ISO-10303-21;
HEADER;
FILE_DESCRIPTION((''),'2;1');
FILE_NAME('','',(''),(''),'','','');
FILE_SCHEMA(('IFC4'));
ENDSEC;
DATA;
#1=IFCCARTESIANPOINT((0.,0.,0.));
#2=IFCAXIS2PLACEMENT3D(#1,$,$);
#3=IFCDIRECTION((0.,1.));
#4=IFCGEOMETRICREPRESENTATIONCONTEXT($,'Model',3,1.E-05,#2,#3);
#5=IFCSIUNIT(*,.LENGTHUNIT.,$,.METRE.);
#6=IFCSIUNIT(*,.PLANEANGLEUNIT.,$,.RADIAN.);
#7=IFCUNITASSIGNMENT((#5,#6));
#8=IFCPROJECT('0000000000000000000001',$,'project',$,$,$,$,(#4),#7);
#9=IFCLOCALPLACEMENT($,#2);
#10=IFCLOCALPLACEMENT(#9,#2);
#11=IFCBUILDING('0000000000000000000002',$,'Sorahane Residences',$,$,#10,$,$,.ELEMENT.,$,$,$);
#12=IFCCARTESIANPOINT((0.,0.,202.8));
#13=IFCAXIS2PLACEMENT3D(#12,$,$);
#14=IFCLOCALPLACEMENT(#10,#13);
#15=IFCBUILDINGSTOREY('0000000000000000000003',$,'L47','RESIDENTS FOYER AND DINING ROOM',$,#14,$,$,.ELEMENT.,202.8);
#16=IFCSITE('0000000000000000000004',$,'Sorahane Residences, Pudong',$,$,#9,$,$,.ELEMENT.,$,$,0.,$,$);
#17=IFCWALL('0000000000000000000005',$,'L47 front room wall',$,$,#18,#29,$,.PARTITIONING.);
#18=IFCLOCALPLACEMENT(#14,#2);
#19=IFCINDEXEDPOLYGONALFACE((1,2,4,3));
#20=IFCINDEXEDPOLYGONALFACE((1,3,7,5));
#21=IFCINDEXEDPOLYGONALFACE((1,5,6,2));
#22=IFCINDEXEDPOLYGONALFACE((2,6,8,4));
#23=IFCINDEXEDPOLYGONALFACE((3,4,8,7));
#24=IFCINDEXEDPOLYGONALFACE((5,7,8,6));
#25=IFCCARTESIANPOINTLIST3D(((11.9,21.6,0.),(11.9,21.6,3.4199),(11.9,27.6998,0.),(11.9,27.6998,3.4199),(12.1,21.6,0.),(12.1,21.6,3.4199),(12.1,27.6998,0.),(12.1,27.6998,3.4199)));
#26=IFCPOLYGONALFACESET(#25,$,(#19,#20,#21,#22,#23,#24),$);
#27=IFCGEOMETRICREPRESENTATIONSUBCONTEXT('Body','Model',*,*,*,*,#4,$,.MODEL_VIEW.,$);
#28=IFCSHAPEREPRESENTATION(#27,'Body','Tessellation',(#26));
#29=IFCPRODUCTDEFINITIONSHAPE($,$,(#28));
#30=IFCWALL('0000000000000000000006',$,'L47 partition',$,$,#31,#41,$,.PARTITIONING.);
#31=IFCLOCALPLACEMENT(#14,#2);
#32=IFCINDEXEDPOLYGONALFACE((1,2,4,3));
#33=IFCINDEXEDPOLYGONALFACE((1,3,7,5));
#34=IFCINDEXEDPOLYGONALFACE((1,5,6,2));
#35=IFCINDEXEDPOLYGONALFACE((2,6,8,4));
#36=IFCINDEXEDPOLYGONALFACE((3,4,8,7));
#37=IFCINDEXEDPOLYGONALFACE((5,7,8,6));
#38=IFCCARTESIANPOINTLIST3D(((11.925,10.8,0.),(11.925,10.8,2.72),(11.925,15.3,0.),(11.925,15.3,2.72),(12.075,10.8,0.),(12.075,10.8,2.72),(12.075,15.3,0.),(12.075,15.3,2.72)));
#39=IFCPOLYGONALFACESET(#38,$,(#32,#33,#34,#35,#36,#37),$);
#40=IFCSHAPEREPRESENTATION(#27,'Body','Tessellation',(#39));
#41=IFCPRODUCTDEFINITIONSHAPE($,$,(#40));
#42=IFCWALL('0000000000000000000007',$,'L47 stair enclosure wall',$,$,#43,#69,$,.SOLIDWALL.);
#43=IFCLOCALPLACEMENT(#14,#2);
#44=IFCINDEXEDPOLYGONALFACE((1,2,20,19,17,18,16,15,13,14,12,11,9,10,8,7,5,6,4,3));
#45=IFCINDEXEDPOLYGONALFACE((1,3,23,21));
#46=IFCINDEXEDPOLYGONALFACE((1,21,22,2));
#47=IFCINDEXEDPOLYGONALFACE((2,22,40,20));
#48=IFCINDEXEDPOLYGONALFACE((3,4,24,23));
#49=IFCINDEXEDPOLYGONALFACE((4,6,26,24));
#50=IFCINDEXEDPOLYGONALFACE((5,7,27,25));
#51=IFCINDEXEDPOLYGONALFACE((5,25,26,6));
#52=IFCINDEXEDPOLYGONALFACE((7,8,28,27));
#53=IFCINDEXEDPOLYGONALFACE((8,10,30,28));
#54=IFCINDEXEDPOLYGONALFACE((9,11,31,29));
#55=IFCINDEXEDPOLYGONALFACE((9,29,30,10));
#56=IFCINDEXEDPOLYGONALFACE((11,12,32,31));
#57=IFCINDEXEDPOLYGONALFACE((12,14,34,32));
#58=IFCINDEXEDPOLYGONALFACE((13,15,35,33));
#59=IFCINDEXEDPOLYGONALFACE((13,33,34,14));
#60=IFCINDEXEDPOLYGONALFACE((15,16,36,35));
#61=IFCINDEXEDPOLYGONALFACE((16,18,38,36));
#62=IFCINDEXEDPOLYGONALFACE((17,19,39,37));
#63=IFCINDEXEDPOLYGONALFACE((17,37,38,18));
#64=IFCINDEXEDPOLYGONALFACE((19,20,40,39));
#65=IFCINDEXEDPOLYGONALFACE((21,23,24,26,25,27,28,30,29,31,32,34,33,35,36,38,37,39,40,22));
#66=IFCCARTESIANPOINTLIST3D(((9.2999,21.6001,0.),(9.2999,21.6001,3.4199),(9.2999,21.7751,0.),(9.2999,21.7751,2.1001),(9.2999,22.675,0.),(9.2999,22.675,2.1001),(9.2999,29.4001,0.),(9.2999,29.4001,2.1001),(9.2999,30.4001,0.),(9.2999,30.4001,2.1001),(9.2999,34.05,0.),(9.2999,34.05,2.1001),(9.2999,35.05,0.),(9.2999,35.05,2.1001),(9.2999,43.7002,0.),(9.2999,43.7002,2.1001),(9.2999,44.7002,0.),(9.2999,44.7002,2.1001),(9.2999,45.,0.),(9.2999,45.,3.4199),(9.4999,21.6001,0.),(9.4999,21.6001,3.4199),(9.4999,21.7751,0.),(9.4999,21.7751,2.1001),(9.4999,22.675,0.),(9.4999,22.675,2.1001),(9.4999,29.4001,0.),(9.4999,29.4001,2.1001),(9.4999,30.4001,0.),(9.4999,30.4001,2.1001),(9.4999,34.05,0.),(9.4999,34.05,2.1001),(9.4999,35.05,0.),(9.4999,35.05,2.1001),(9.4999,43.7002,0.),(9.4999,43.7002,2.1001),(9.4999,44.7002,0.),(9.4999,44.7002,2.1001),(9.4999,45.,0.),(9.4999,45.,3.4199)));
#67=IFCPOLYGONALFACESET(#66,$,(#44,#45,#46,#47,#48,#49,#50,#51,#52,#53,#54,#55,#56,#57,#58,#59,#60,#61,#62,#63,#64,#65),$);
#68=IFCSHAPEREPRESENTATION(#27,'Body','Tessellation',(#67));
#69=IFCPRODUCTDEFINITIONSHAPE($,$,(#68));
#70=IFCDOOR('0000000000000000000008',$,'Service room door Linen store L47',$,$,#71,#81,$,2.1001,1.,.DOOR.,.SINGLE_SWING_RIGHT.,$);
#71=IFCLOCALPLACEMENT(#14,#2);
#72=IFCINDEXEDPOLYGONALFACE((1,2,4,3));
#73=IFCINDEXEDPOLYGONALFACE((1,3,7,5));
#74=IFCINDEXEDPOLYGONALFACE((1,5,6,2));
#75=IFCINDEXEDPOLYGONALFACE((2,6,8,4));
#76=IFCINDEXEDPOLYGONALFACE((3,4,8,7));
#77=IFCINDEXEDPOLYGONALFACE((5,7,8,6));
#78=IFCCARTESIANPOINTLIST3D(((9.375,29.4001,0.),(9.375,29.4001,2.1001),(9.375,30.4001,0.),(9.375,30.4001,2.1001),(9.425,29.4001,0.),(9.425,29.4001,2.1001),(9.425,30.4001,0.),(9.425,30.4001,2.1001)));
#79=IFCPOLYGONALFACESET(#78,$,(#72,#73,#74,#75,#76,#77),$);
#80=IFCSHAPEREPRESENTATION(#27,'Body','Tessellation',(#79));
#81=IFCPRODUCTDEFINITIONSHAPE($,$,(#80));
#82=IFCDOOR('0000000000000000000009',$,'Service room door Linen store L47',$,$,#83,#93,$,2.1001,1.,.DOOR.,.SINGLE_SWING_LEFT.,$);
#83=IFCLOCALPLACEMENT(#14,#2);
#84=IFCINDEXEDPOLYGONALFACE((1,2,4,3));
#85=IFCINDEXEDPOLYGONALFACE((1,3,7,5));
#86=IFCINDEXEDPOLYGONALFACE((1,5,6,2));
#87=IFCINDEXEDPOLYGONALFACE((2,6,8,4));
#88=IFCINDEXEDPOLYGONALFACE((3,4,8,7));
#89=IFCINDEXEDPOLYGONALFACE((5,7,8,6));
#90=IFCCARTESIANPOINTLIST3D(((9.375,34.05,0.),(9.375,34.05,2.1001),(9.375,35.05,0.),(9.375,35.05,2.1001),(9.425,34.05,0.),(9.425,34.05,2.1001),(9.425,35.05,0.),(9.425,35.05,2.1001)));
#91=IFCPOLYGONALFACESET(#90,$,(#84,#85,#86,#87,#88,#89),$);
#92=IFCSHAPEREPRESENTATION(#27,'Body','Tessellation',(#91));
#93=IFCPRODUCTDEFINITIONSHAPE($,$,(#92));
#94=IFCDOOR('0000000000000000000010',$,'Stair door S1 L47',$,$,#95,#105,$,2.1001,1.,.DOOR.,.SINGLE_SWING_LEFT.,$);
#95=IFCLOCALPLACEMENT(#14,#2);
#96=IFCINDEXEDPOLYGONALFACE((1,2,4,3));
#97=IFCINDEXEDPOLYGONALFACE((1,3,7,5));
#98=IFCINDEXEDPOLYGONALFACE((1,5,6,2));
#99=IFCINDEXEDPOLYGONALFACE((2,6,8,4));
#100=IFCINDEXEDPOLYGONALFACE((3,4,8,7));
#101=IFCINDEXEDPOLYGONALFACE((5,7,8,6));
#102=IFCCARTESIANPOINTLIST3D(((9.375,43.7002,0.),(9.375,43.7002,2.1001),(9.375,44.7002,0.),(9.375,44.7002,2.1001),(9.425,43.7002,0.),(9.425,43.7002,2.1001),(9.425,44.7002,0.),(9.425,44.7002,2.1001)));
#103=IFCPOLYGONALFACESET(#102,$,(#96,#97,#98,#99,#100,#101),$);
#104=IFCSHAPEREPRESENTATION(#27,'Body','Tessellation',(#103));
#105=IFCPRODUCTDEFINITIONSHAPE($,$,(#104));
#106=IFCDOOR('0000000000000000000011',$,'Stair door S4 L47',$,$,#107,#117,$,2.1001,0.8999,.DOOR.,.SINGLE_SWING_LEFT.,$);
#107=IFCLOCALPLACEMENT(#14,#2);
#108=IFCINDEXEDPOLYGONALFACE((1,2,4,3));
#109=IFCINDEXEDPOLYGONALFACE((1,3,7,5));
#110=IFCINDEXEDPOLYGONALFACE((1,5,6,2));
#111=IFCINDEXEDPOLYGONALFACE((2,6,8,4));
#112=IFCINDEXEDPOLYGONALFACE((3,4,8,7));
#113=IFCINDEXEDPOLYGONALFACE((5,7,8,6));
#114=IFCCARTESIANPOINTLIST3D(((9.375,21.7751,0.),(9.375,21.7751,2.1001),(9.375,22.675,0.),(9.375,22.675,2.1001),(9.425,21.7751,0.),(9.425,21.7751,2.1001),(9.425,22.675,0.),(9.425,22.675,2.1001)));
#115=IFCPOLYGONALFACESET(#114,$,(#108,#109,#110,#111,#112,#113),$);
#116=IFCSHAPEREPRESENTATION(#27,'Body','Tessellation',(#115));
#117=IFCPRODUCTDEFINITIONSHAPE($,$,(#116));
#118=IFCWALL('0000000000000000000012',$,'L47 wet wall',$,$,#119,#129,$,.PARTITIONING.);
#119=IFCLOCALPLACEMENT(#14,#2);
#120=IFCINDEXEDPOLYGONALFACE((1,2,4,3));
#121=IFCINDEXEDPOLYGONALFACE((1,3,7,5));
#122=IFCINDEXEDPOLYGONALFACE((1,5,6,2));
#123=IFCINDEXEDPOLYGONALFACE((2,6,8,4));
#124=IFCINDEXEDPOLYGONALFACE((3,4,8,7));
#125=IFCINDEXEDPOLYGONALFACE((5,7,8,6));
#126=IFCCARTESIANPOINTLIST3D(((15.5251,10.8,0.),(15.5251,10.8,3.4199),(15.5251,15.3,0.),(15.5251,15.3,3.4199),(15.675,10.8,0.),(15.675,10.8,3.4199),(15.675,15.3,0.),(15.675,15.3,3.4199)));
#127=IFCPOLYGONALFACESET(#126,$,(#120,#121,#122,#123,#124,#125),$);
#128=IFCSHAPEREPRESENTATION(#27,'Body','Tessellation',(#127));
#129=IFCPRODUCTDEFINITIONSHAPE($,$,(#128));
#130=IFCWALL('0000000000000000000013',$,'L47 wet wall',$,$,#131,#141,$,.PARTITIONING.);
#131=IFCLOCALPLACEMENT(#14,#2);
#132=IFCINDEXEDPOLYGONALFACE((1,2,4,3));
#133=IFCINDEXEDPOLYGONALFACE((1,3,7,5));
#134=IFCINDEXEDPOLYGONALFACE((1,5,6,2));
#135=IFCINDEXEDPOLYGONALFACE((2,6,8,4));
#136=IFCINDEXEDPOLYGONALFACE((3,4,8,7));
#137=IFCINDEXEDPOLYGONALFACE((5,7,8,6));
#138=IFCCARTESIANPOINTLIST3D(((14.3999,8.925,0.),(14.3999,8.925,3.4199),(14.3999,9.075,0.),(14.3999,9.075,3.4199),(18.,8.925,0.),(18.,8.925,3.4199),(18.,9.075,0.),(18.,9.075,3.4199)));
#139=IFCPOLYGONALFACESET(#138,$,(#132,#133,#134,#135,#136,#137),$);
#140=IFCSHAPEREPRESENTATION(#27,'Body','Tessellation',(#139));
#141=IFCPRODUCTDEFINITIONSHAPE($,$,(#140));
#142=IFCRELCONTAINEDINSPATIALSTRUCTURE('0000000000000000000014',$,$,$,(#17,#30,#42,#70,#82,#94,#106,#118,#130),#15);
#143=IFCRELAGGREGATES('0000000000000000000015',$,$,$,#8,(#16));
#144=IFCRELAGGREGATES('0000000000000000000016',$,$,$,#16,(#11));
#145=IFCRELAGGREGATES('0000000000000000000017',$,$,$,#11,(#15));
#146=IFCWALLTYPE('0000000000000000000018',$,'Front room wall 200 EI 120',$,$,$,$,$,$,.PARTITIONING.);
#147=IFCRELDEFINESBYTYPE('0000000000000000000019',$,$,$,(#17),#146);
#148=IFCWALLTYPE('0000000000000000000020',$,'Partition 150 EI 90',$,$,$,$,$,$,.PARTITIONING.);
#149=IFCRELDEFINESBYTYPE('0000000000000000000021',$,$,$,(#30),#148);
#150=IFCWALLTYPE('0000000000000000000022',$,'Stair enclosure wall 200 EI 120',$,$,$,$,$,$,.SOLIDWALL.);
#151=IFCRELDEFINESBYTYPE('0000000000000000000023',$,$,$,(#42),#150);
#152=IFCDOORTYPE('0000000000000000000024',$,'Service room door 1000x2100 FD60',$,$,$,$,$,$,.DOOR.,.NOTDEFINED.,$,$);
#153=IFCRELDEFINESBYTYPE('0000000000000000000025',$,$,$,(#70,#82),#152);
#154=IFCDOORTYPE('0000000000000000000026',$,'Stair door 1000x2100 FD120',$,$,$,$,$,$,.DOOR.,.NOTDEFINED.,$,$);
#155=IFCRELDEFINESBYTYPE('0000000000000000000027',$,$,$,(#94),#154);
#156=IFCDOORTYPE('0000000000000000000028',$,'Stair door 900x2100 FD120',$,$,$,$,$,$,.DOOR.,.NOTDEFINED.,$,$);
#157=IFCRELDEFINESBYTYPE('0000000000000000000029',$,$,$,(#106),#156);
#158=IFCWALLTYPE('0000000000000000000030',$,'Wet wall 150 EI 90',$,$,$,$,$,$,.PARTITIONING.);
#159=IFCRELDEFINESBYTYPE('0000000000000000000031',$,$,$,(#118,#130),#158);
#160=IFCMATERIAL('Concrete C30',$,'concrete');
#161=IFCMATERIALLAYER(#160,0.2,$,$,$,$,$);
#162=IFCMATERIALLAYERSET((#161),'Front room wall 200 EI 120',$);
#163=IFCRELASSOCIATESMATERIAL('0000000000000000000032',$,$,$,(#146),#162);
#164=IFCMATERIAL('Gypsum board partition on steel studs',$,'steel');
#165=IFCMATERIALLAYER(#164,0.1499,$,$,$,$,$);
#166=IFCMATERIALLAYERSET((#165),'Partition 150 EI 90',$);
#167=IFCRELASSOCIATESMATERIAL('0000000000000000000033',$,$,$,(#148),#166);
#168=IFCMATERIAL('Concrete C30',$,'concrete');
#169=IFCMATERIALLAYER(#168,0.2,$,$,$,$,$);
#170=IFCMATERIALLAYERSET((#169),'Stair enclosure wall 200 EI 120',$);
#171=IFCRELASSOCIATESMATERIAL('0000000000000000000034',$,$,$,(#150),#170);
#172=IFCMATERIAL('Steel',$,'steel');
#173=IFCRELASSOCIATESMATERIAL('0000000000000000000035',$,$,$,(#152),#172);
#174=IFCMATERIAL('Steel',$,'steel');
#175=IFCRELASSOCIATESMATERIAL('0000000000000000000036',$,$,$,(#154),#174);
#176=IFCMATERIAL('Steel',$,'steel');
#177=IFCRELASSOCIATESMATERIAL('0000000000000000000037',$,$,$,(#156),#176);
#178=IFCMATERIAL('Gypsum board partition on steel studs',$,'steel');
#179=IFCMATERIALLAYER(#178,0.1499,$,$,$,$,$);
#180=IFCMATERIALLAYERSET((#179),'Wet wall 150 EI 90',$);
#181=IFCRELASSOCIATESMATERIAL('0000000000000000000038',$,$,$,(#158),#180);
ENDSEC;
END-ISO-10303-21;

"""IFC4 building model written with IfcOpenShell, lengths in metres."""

from ifc_helpers import new_model, si_unit, direction, frame, frame_2d, origin, place, context, subcontext, project, spatial, rectangle, extrude, material, layer, layer_set, type_object, element, fill, save


model = new_model("IFC4")

# Units and contexts
model_context = context("Model", 3, precision=1e-05, world=origin(), true_north=direction((0.0, 1.0)))
body_context = subcontext(model_context, "Body", "Model", "MODEL_VIEW")
ifc_project = project(units=[si_unit("LENGTHUNIT", "METRE"), si_unit("PLANEANGLEUNIT", "RADIAN")], contexts=[model_context])

# Site, building, storey
site_placement = place(None, origin())
site = spatial("IfcSite", under=ifc_project, at=site_placement, Name="Sorahane Residences, Pudong", CompositionType="ELEMENT", RefElevation=0.0)
building_placement = place(site_placement, origin())
building = spatial("IfcBuilding", under=site, at=building_placement, Name="Sorahane Residences", CompositionType="ELEMENT")
storey_placement = place(building_placement, frame((0.0, 0.0, 202.8)))
storey = spatial("IfcBuildingStorey", under=building, at=storey_placement, Name="L47", Description="RESIDENTS FOYER AND DINING ROOM", CompositionType="ELEMENT", Elevation=202.8)

# Walls
ifc_material_1 = material(Name="Concrete C30", Category="concrete")
ifc_layer_1 = layer(ifc_material_1, 0.2)
ifc_layer_set_1 = layer_set([ifc_layer_1], Name="Front room wall 200 EI 120")
wall_type_1 = type_object("IfcWallType", Name="Front room wall 200 EI 120", PredefinedType="PARTITIONING", material=ifc_layer_set_1)
wall_1_placement = place(storey_placement, frame((12.0, 21.6001, 0.0), z_axis=(0.0, 0.0, 1.0), x_axis=(0.0, 1.0, 0.0)))
element("IfcWall", 1, at=wall_1_placement, inside=storey, type_object=wall_type_1, Name="L47 front room wall", PredefinedType="PARTITIONING", context=body_context, shape_type="SweptSolid", body=[
    extrude(rectangle(XDim=6.0999, YDim=0.2, at=frame_2d((3.0498, 0.0))), origin(), (0.0, 0.0, 1.0), 3.4199),
])
ifc_material_2 = material(Name="Gypsum board partition on steel studs", Category="steel")
ifc_layer_2 = layer(ifc_material_2, 0.1499)
ifc_layer_set_2 = layer_set([ifc_layer_2], Name="Partition 150 EI 90")
wall_type_2 = type_object("IfcWallType", Name="Partition 150 EI 90", PredefinedType="PARTITIONING", material=ifc_layer_set_2)
wall_2_placement = place(storey_placement, frame((12.0, 10.8, 0.0), z_axis=(0.0, 0.0, 1.0), x_axis=(0.0, 1.0, 0.0)))
element("IfcWall", 2, at=wall_2_placement, inside=storey, type_object=wall_type_2, Name="L47 partition", PredefinedType="PARTITIONING", context=body_context, shape_type="SweptSolid", body=[
    extrude(rectangle(XDim=4.5, YDim=0.1499, at=frame_2d((2.25, 0.0))), origin(), (0.0, 0.0, 1.0), 2.72),
])

# Wall, openings, doors
ifc_material_3 = material(Name="Concrete C30", Category="concrete")
ifc_layer_3 = layer(ifc_material_3, 0.2)
ifc_layer_set_3 = layer_set([ifc_layer_3], Name="Stair enclosure wall 200 EI 120")
wall_type_3 = type_object("IfcWallType", Name="Stair enclosure wall 200 EI 120", PredefinedType="SOLIDWALL", material=ifc_layer_set_3)
wall_3_placement = place(storey_placement, frame((9.3999, 21.6001, 0.0), z_axis=(0.0, 0.0, 1.0), x_axis=(0.0, 1.0, 0.0)))
wall_3 = element("IfcWall", 3, at=wall_3_placement, inside=storey, type_object=wall_type_3, Name="L47 stair enclosure wall", PredefinedType="SOLIDWALL", context=body_context, shape_type="SweptSolid", body=[
    extrude(rectangle(XDim=23.3999, YDim=0.2, at=frame_2d((11.7, 0.0))), origin(), (0.0, 0.0, 1.0), 3.4199),
])
opening_1_placement = place(wall_3_placement, frame((7.8, 0.0, 0.0)))
opening_1 = element("IfcOpeningElement", 4, at=opening_1_placement, cuts=wall_3, PredefinedType="OPENING", context=body_context, shape_type="SweptSolid", body=[
    extrude(rectangle(XDim=1.0, YDim=2.1001, at=frame_2d((0.5, 1.05))), frame((0.0, 0.1099, 0.0), z_axis=(0.0, -1.0, 0.0), x_axis=(1.0, 0.0, 0.0)), (0.0, 0.0, 1.0), 0.22),
])
opening_2_placement = place(wall_3_placement, frame((12.45, 0.0, 0.0)))
opening_2 = element("IfcOpeningElement", 5, at=opening_2_placement, cuts=wall_3, PredefinedType="OPENING", context=body_context, shape_type="SweptSolid", body=[
    extrude(rectangle(XDim=1.0, YDim=2.1001, at=frame_2d((0.5, 1.05))), frame((0.0, 0.1099, 0.0), z_axis=(0.0, -1.0, 0.0), x_axis=(1.0, 0.0, 0.0)), (0.0, 0.0, 1.0), 0.22),
])
opening_3_placement = place(wall_3_placement, frame((22.1001, 0.0, 0.0)))
opening_3 = element("IfcOpeningElement", 6, at=opening_3_placement, cuts=wall_3, PredefinedType="OPENING", context=body_context, shape_type="SweptSolid", body=[
    extrude(rectangle(XDim=1.0, YDim=2.1001, at=frame_2d((0.5, 1.05))), frame((0.0, 0.1099, 0.0), z_axis=(0.0, -1.0, 0.0), x_axis=(1.0, 0.0, 0.0)), (0.0, 0.0, 1.0), 0.22),
])
opening_4_placement = place(wall_3_placement, frame((0.175, 0.0, 0.0)))
opening_4 = element("IfcOpeningElement", 7, at=opening_4_placement, cuts=wall_3, PredefinedType="OPENING", context=body_context, shape_type="SweptSolid", body=[
    extrude(rectangle(XDim=0.8999, YDim=2.1001, at=frame_2d((0.45, 1.05))), frame((0.0, 0.1099, 0.0), z_axis=(0.0, -1.0, 0.0), x_axis=(1.0, 0.0, 0.0)), (0.0, 0.0, 1.0), 0.22),
])
ifc_material_4 = material(Name="Steel", Category="steel")
door_type_1 = type_object("IfcDoorType", Name="Service room door 1000x2100 FD60", OperationType="NOTDEFINED", PredefinedType="DOOR", material=ifc_material_4)
door_1_placement = place(opening_1_placement, origin())
door_1 = element("IfcDoor", 8, at=door_1_placement, inside=storey, type_object=door_type_1, Name="Service room door Linen store L47", OperationType="SINGLE_SWING_RIGHT", OverallHeight=2.1001, OverallWidth=1.0, PredefinedType="DOOR", context=body_context, shape_type="SweptSolid", body=[
    extrude(rectangle(XDim=1.0, YDim=2.1001, at=frame_2d((0.5, 1.05))), frame((0.0, 0.0249, 0.0), z_axis=(0.0, -1.0, 0.0), x_axis=(1.0, 0.0, 0.0)), (0.0, 0.0, 1.0), 0.05),
])
fill(opening_1, door_1)
door_2_placement = place(opening_2_placement, origin())
door_2 = element("IfcDoor", 9, at=door_2_placement, inside=storey, type_object=door_type_1, Name="Service room door Linen store L47", OperationType="SINGLE_SWING_LEFT", OverallHeight=2.1001, OverallWidth=1.0, PredefinedType="DOOR", context=body_context, shape_type="SweptSolid", body=[
    extrude(rectangle(XDim=1.0, YDim=2.1001, at=frame_2d((0.5, 1.05))), frame((0.0, 0.0249, 0.0), z_axis=(0.0, -1.0, 0.0), x_axis=(1.0, 0.0, 0.0)), (0.0, 0.0, 1.0), 0.05),
])
fill(opening_2, door_2)
ifc_material_5 = material(Name="Steel", Category="steel")
door_type_2 = type_object("IfcDoorType", Name="Stair door 1000x2100 FD120", OperationType="NOTDEFINED", PredefinedType="DOOR", material=ifc_material_5)
door_3_placement = place(opening_3_placement, origin())
door_3 = element("IfcDoor", 10, at=door_3_placement, inside=storey, type_object=door_type_2, Name="Stair door S1 L47", OperationType="SINGLE_SWING_LEFT", OverallHeight=2.1001, OverallWidth=1.0, PredefinedType="DOOR", context=body_context, shape_type="SweptSolid", body=[
    extrude(rectangle(XDim=1.0, YDim=2.1001, at=frame_2d((0.5, 1.05))), frame((0.0, 0.0249, 0.0), z_axis=(0.0, -1.0, 0.0), x_axis=(1.0, 0.0, 0.0)), (0.0, 0.0, 1.0), 0.05),
])
fill(opening_3, door_3)
ifc_material_6 = material(Name="Steel", Category="steel")
door_type_3 = type_object("IfcDoorType", Name="Stair door 900x2100 FD120", OperationType="NOTDEFINED", PredefinedType="DOOR", material=ifc_material_6)
door_4_placement = place(opening_4_placement, origin())
door_4 = element("IfcDoor", 11, at=door_4_placement, inside=storey, type_object=door_type_3, Name="Stair door S4 L47", OperationType="SINGLE_SWING_LEFT", OverallHeight=2.1001, OverallWidth=0.8999, PredefinedType="DOOR", context=body_context, shape_type="SweptSolid", body=[
    extrude(rectangle(XDim=0.8999, YDim=2.1001, at=frame_2d((0.45, 1.05))), frame((0.0, 0.0249, 0.0), z_axis=(0.0, -1.0, 0.0), x_axis=(1.0, 0.0, 0.0)), (0.0, 0.0, 1.0), 0.05),
])
fill(opening_4, door_4)

# Wall
ifc_material_7 = material(Name="Gypsum board partition on steel studs", Category="steel")
ifc_layer_4 = layer(ifc_material_7, 0.1499)
ifc_layer_set_4 = layer_set([ifc_layer_4], Name="Wet wall 150 EI 90")
wall_type_4 = type_object("IfcWallType", Name="Wet wall 150 EI 90", PredefinedType="PARTITIONING", material=ifc_layer_set_4)
wall_4_placement = place(storey_placement, frame((15.6001, 10.8, 0.0), z_axis=(0.0, 0.0, 1.0), x_axis=(0.0, 1.0, 0.0)))
element("IfcWall", 12, at=wall_4_placement, inside=storey, type_object=wall_type_4, Name="L47 wet wall", PredefinedType="PARTITIONING", context=body_context, shape_type="SweptSolid", body=[
    extrude(rectangle(XDim=4.5, YDim=0.1499, at=frame_2d((2.25, 0.0))), origin(), (0.0, 0.0, 1.0), 3.4199),
])

# Wall
wall_5_placement = place(storey_placement, frame((14.3999, 9.0, 0.0), z_axis=(0.0, 0.0, 1.0), x_axis=(1.0, 0.0, 0.0)))
element("IfcWall", 13, at=wall_5_placement, inside=storey, type_object=wall_type_4, Name="L47 wet wall", PredefinedType="PARTITIONING", context=body_context, shape_type="SweptSolid", body=[
    extrude(rectangle(XDim=3.6001, YDim=0.1499, at=frame_2d((1.8, 0.0))), origin(), (0.0, 0.0, 1.0), 3.4199),
])

save(model, "model.ifc")
